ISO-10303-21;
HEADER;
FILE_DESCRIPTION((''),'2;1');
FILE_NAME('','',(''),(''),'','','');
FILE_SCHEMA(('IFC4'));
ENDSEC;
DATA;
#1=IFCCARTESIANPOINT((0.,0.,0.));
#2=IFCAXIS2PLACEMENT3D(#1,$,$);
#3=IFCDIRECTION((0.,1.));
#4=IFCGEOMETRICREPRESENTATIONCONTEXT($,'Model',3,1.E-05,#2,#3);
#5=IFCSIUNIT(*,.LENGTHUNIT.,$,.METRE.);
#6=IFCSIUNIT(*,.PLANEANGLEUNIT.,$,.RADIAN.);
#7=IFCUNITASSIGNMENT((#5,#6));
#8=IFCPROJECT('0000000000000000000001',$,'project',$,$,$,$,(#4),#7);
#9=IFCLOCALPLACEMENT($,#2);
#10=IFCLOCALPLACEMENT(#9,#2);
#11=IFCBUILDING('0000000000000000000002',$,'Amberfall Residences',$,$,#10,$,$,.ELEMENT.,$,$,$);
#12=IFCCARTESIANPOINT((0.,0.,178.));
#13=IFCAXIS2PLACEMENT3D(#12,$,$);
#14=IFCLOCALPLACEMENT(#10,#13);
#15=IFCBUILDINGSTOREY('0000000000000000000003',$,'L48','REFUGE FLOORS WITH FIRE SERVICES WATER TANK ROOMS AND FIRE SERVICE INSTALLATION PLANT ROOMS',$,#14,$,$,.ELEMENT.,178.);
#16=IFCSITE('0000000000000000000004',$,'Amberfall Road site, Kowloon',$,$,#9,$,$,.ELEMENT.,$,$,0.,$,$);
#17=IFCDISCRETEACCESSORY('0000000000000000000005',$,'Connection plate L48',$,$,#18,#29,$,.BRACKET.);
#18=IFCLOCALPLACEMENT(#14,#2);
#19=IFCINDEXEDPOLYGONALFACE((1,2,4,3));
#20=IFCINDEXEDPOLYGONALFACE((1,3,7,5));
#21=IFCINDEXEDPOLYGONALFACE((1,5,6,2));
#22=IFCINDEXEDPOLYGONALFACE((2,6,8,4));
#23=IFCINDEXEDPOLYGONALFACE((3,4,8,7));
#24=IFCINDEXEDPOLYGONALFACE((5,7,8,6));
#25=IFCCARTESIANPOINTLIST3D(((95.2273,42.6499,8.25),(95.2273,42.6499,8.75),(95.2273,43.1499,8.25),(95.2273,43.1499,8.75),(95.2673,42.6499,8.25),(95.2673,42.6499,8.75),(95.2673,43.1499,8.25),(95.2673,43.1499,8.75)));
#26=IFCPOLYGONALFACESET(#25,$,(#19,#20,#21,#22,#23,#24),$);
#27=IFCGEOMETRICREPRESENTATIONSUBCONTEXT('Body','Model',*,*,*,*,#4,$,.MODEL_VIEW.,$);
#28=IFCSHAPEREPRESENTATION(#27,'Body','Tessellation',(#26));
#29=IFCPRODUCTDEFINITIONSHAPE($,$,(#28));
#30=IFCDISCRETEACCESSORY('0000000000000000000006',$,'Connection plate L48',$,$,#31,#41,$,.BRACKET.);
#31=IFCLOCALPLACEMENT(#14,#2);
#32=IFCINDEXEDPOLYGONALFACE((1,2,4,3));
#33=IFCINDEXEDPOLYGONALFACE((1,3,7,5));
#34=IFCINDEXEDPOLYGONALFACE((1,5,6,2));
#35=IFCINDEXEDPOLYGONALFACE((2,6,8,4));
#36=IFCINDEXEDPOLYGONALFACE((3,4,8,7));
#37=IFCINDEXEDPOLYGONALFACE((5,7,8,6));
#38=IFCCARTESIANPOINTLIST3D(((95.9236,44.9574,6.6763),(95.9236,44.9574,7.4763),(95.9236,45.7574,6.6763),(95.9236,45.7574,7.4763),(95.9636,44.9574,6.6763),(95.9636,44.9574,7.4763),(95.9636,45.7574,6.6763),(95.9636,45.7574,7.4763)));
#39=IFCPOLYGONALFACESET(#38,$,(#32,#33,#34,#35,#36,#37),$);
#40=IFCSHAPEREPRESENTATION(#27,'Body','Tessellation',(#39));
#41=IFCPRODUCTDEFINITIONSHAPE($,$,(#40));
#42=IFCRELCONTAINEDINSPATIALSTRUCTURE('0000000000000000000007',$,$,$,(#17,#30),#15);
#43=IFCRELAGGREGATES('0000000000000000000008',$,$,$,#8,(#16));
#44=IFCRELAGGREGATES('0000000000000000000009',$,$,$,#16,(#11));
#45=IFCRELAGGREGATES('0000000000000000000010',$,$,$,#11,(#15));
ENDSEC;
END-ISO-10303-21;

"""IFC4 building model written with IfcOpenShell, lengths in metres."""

from ifc_helpers import new_model, si_unit, direction, frame, origin, origin_2d, place, context, subcontext, project, spatial, rectangle, extrude, element, save


model = new_model("IFC4")

# Units and contexts
model_context = context("Model", 3, precision=1e-05, world=origin(), true_north=direction((0.0, 1.0)))
body_context = subcontext(model_context, "Body", "Model", "MODEL_VIEW")
ifc_project = project(units=[si_unit("LENGTHUNIT", "METRE"), si_unit("PLANEANGLEUNIT", "RADIAN")], contexts=[model_context])

# Site, building, storey
site_placement = place(None, origin())
site = spatial("IfcSite", under=ifc_project, at=site_placement, Name="Amberfall Road site, Kowloon", CompositionType="ELEMENT", RefElevation=0.0)
building_placement = place(site_placement, origin())
building = spatial("IfcBuilding", under=site, at=building_placement, Name="Amberfall Residences", CompositionType="ELEMENT")
storey_placement = place(building_placement, frame((0.0, 0.0, 178.0)))
storey = spatial("IfcBuildingStorey", under=building, at=storey_placement, Name="L48", Description="REFUGE FLOORS WITH FIRE SERVICES WATER TANK ROOMS AND FIRE SERVICE INSTALLATION PLANT ROOMS", CompositionType="ELEMENT", Elevation=178.0)

# Discrete accessories
for number, where, z_axis, x_axis, name in (
    (1, (95.2473, 42.8999, 8.25), (0.0, 0.0, 1.0), (0.0, 1.0, 0.0), "Connection plate L48"),
):
    element("IfcDiscreteAccessory", number, at=place(storey_placement, frame(where, z_axis=z_axis, x_axis=x_axis)), inside=storey, Name=name, PredefinedType="BRACKET", context=body_context, shape_type="SweptSolid", body=[
        extrude(rectangle(XDim=0.5, YDim=0.04, at=origin_2d()), origin(), (0.0, 0.0, 1.0), 0.5),
    ])
discrete_accessory_1_placement = place(storey_placement, frame((95.9436, 45.3574, 6.6763), z_axis=(0.0, 0.0, 1.0), x_axis=(0.0, 1.0, 0.0)))
element("IfcDiscreteAccessory", 2, at=discrete_accessory_1_placement, inside=storey, Name="Connection plate L48", PredefinedType="BRACKET", context=body_context, shape_type="SweptSolid", body=[
    extrude(rectangle(XDim=0.8, YDim=0.04, at=origin_2d()), origin(), (0.0, 0.0, 1.0), 0.8),
])

save(model, "model.ifc")
